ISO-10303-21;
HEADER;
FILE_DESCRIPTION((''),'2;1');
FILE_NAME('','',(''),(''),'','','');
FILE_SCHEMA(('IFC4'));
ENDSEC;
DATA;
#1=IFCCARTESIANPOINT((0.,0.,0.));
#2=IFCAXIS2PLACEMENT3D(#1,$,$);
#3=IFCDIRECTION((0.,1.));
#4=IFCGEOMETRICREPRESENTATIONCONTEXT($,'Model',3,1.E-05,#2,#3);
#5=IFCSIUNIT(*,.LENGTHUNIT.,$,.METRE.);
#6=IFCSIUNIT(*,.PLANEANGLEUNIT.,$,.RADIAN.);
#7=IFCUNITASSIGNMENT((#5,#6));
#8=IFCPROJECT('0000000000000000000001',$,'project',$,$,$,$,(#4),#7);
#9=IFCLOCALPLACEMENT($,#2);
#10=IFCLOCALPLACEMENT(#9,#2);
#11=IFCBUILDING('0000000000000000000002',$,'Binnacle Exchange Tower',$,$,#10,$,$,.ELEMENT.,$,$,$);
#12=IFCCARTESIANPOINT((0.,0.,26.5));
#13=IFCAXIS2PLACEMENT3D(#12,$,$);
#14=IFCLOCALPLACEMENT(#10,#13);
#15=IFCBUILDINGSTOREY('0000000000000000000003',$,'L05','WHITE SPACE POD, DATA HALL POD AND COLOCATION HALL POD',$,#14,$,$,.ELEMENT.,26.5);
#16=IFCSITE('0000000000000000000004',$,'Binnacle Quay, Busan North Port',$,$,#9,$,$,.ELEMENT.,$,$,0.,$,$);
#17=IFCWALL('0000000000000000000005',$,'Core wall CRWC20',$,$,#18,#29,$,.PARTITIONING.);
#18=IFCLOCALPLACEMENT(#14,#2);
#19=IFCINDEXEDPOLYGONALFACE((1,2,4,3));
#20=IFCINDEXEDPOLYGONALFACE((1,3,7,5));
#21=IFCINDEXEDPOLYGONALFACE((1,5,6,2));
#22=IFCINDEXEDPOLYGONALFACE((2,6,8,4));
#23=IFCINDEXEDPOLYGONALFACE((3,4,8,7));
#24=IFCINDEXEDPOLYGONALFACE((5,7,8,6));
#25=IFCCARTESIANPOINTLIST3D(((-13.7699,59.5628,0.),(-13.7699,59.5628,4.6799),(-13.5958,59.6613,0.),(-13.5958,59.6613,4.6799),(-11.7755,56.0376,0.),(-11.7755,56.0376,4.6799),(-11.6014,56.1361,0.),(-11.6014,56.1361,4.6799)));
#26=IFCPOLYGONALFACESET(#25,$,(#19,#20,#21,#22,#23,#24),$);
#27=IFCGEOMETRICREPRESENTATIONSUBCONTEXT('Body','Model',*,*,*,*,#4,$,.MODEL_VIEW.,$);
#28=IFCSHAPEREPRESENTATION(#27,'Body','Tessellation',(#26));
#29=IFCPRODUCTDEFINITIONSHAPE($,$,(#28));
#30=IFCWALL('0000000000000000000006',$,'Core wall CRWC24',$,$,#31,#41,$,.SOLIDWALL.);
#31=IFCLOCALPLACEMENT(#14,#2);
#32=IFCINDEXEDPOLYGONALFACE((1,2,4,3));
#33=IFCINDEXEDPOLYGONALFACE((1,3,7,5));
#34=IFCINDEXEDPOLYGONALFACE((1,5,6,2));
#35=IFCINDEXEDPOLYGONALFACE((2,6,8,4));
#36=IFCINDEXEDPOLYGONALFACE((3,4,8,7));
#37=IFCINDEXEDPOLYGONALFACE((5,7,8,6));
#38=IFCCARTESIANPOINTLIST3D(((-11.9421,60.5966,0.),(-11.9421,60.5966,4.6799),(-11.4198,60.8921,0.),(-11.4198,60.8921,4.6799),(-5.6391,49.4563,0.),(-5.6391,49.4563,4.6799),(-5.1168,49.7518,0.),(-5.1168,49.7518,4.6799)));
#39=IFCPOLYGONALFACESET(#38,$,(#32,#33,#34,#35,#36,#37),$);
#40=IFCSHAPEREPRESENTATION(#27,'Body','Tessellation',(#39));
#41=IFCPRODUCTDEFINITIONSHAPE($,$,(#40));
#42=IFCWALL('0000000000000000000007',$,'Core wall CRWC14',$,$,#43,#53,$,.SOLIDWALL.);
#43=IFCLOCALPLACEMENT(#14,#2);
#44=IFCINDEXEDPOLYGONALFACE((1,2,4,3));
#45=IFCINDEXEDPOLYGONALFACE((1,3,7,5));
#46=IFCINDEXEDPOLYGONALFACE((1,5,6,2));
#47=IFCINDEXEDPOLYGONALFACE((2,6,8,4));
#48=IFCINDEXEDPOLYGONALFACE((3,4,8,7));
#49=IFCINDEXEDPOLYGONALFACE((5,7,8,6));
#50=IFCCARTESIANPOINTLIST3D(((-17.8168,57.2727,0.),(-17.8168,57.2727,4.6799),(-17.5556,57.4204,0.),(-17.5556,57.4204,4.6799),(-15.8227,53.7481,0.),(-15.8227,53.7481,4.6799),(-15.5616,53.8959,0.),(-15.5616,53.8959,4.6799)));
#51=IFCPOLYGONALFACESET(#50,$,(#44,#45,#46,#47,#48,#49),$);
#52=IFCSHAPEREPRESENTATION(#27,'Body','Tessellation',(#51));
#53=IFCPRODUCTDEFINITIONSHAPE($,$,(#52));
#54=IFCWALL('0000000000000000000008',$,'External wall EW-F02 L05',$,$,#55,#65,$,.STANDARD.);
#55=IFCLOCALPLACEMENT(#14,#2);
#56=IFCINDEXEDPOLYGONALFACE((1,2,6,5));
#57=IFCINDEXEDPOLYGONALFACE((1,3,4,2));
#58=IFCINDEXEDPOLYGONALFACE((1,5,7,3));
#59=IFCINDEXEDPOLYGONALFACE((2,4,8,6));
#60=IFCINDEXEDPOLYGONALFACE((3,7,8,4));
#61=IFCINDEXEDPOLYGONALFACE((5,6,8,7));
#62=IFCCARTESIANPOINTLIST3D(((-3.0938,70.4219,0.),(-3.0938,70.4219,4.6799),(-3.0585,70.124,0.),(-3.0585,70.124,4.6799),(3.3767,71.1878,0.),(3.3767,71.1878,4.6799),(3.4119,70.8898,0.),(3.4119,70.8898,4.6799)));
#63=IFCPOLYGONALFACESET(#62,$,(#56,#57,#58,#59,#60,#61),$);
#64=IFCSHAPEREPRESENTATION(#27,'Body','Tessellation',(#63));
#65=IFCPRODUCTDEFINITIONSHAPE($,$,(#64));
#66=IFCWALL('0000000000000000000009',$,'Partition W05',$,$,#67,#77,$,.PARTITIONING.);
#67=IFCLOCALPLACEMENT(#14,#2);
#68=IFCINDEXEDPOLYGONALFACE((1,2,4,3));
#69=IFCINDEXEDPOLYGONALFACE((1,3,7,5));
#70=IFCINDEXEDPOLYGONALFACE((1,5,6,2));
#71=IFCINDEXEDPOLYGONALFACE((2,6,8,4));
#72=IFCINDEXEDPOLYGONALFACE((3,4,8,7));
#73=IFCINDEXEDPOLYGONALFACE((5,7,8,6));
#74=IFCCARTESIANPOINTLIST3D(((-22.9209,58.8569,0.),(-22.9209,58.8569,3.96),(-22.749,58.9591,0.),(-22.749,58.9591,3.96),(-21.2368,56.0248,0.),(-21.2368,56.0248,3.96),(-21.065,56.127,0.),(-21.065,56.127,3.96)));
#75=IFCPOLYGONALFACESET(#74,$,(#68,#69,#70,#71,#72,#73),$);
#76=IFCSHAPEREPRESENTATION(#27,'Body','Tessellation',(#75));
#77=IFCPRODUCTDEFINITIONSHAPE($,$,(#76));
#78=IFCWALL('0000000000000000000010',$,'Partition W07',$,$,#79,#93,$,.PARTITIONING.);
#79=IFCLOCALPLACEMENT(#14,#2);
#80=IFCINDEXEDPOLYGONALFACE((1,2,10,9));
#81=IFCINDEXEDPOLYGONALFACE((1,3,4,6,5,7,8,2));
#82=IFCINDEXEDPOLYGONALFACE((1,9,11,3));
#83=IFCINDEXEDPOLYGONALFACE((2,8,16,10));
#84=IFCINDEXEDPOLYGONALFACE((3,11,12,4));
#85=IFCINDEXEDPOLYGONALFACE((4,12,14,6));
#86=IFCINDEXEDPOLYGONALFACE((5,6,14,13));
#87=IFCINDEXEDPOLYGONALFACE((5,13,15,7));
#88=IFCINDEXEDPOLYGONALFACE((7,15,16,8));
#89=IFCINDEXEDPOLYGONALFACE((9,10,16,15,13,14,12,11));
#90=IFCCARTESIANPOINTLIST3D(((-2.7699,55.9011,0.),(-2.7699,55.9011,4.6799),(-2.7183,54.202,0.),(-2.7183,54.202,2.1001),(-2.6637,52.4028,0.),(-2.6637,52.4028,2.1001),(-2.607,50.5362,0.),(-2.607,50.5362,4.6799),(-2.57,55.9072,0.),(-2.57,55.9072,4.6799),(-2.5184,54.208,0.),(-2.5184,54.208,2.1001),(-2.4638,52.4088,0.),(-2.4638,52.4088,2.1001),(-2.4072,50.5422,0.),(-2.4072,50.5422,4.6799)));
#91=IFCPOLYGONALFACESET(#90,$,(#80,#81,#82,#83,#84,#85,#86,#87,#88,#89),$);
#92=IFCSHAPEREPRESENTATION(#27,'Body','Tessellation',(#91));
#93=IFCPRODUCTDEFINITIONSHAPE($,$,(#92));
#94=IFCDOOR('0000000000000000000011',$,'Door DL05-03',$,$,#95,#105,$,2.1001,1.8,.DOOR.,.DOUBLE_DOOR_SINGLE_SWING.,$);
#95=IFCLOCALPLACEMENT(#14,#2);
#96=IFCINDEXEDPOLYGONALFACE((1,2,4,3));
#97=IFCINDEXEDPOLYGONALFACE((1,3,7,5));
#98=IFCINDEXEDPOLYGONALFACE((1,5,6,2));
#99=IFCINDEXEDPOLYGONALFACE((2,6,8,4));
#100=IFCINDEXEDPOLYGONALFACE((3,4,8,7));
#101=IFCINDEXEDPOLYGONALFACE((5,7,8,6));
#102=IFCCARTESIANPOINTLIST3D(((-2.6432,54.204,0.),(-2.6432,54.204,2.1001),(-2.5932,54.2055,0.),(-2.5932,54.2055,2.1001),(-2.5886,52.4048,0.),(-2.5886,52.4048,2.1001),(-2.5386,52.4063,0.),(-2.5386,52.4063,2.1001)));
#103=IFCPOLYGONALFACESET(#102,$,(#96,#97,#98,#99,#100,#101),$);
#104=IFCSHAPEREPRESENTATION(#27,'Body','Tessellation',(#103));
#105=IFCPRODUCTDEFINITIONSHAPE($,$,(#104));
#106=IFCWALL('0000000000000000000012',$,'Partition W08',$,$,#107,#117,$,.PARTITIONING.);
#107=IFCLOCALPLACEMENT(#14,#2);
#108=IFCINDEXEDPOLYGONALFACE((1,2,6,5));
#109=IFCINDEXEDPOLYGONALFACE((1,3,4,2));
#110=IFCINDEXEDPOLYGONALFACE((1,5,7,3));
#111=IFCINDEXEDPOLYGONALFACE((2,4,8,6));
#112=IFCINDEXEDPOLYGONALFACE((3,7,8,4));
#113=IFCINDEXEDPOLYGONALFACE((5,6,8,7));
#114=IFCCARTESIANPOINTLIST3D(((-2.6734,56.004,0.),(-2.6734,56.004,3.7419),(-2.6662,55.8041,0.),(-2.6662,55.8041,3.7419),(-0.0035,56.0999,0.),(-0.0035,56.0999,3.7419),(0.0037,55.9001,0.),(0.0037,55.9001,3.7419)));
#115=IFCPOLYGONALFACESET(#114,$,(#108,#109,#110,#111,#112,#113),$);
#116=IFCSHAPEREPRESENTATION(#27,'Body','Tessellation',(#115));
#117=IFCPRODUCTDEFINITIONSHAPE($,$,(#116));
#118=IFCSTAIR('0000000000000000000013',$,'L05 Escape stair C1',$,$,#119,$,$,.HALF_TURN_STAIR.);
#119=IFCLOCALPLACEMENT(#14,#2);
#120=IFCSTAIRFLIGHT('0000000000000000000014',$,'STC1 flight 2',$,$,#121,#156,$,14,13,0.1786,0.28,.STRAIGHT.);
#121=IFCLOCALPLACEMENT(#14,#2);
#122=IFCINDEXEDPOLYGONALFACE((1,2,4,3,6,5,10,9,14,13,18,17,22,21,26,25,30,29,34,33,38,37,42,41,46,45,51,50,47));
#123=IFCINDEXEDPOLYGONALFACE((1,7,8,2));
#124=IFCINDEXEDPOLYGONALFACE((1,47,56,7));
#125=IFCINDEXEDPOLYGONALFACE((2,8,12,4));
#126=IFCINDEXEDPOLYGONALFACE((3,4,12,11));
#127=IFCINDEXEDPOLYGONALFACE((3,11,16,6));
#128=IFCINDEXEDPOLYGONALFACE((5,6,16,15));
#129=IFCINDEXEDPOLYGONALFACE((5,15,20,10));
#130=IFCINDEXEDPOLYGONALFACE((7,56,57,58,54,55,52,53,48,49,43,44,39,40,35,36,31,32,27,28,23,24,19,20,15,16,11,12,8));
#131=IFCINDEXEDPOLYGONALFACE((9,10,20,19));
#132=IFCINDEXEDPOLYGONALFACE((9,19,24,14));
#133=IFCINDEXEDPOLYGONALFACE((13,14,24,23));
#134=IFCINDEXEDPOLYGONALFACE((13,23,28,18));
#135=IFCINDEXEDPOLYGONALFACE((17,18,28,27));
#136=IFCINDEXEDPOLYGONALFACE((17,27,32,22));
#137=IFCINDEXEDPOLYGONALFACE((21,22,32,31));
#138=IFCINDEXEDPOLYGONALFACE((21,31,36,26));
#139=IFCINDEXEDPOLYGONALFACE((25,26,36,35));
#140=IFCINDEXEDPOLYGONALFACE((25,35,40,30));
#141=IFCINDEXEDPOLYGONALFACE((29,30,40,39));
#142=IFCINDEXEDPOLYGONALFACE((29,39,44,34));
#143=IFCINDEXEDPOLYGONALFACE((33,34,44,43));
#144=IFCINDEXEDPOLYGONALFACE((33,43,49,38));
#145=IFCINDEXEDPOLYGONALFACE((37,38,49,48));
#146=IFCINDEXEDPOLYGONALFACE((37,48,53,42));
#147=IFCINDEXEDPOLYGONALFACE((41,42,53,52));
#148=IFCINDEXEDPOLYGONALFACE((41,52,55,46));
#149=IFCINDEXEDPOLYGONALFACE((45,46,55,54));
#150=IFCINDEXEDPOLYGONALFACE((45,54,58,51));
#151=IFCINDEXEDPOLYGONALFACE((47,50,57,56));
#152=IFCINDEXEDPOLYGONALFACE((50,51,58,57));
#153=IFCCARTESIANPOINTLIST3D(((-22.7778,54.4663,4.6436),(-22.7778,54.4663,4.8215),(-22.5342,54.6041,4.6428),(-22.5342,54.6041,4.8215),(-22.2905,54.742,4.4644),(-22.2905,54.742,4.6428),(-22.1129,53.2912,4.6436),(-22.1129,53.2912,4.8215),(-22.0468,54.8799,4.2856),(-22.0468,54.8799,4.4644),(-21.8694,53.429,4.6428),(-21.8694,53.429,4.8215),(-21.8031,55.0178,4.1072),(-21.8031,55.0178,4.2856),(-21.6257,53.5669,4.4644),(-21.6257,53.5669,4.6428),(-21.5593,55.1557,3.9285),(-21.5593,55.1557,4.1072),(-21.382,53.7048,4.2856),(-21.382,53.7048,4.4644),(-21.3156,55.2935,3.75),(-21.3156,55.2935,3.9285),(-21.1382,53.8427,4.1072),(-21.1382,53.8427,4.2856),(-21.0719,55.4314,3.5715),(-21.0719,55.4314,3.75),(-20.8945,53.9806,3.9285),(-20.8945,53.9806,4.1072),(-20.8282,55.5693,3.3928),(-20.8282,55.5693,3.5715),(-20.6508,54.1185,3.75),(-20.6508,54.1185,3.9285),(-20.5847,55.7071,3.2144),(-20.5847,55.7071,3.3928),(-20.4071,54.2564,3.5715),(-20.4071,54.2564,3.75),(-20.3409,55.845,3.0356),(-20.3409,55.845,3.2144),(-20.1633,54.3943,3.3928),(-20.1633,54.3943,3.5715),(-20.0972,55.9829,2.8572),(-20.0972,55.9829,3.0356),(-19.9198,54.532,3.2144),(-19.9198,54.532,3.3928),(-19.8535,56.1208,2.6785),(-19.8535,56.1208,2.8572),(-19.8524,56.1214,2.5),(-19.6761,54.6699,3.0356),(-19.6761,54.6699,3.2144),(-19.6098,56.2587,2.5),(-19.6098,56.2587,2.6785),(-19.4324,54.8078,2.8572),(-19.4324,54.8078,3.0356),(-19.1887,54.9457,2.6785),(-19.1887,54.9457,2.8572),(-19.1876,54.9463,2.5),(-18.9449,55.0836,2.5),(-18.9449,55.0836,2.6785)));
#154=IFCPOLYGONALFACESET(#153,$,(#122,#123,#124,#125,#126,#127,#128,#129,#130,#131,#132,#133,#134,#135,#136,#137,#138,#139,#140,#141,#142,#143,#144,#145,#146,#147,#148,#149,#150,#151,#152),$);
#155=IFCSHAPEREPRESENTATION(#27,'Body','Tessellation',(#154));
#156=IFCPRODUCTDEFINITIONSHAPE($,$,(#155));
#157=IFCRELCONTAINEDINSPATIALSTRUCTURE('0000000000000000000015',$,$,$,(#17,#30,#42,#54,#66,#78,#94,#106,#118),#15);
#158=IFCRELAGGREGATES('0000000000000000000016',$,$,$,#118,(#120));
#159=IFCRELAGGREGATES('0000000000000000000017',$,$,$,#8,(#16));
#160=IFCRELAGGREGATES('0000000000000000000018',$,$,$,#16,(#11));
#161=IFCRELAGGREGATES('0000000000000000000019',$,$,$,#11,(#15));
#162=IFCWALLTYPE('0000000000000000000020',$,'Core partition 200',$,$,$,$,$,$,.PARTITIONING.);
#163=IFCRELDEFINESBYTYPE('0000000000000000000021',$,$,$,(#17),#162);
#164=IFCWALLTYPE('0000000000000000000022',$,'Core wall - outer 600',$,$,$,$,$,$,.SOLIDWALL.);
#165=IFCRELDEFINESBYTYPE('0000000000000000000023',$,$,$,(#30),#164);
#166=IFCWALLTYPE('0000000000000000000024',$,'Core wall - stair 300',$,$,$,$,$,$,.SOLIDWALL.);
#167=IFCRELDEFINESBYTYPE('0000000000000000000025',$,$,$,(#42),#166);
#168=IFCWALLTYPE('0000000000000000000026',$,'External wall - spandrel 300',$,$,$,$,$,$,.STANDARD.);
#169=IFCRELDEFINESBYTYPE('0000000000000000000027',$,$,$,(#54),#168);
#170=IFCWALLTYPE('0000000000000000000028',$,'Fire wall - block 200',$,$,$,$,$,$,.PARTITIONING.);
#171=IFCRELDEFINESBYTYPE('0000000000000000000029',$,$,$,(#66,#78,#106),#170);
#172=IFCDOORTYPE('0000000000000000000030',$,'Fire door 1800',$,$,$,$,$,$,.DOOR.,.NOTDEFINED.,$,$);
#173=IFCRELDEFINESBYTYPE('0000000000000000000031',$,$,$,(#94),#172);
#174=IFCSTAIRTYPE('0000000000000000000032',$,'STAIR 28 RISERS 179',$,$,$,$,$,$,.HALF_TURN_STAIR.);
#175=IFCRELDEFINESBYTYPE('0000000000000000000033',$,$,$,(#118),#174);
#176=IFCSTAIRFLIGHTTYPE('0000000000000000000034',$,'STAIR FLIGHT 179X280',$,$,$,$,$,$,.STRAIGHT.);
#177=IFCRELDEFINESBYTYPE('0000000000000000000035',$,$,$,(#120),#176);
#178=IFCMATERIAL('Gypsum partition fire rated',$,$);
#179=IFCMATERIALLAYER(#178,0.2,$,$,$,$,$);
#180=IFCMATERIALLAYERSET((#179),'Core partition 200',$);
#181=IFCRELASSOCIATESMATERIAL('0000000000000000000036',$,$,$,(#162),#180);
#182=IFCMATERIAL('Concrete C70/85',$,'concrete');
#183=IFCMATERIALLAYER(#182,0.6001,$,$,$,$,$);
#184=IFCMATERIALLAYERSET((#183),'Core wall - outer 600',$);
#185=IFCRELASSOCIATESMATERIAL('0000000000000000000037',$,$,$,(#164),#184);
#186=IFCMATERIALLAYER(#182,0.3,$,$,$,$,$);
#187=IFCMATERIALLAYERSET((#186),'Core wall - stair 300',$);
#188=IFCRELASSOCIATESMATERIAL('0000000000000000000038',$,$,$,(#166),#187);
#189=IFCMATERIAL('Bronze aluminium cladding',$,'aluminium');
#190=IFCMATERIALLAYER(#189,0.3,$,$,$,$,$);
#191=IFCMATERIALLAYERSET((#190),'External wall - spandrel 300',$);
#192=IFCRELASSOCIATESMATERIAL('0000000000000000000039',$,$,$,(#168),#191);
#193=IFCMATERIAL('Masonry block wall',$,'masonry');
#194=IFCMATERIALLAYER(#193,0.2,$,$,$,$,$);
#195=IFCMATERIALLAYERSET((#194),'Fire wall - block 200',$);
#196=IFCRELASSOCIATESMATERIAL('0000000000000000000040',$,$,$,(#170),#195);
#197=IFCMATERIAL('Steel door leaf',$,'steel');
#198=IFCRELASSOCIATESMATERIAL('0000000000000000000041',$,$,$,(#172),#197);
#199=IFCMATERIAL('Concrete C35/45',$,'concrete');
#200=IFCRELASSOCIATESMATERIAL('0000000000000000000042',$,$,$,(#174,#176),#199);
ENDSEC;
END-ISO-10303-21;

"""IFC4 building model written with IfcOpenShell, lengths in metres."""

from ifc_helpers import new_model, si_unit, direction, frame, frame_2d, origin, place, context, subcontext, project, spatial, polyline, rectangle, outline, extrude, material, layer, layer_set, type_object, element, fill, aggregate, save


model = new_model("IFC4")

# Units and contexts
model_context = context("Model", 3, precision=1e-05, world=origin(), true_north=direction((0.0, 1.0)))
body_context = subcontext(model_context, "Body", "Model", "MODEL_VIEW")
ifc_project = project(units=[si_unit("LENGTHUNIT", "METRE"), si_unit("PLANEANGLEUNIT", "RADIAN")], contexts=[model_context])

# Site, building, storey
site_placement = place(None, origin())
site = spatial("IfcSite", under=ifc_project, at=site_placement, Name="Binnacle Quay, Busan North Port", CompositionType="ELEMENT", RefElevation=0.0)
building_placement = place(site_placement, origin())
building = spatial("IfcBuilding", under=site, at=building_placement, Name="Binnacle Exchange Tower", CompositionType="ELEMENT")
storey_placement = place(building_placement, frame((0.0, 0.0, 26.5)))
storey = spatial("IfcBuildingStorey", under=building, at=storey_placement, Name="L05", Description="WHITE SPACE POD, DATA HALL POD AND COLOCATION HALL POD", CompositionType="ELEMENT", Elevation=26.5)

# Shared definitions
ifc_material_1 = material(Name="Concrete C70/85", Category="concrete")

# Walls
ifc_material_2 = material(Name="Gypsum partition fire rated")
ifc_layer_1 = layer(ifc_material_2, 0.2)
ifc_layer_set_1 = layer_set([ifc_layer_1], Name="Core partition 200")
wall_type_1 = type_object("IfcWallType", Name="Core partition 200", PredefinedType="PARTITIONING", material=ifc_layer_set_1)
wall_1_placement = place(storey_placement, frame((-13.6829, 59.6121, 0.0), z_axis=(0.0, 0.0, 1.0), x_axis=(0.492415, -0.870361, 0.0)))
element("IfcWall", 1, at=wall_1_placement, inside=storey, type_object=wall_type_1, Name="Core wall CRWC20", PredefinedType="PARTITIONING", context=body_context, shape_type="SweptSolid", body=[
    extrude(rectangle(XDim=4.0503, YDim=0.2, at=frame_2d((2.0251, 0.0))), origin(), (0.0, 0.0, 1.0), 4.6799),
])
ifc_layer_2 = layer(ifc_material_1, 0.6001)
ifc_layer_set_2 = layer_set([ifc_layer_2], Name="Core wall - outer 600")
wall_type_2 = type_object("IfcWallType", Name="Core wall - outer 600", PredefinedType="SOLIDWALL", material=ifc_layer_set_2)
wall_2_placement = place(storey_placement, frame((-11.6809, 60.7444, 0.0), z_axis=(0.0, 0.0, 1.0), x_axis=(0.492427, -0.870354, 0.0)))
element("IfcWall", 2, at=wall_2_placement, inside=storey, type_object=wall_type_2, Name="Core wall CRWC24", PredefinedType="SOLIDWALL", context=body_context, shape_type="SweptSolid", body=[
    extrude(rectangle(XDim=12.7998, YDim=0.6001, at=frame_2d((6.3999, 0.0))), origin(), (0.0, 0.0, 1.0), 4.6799),
])
ifc_layer_3 = layer(ifc_material_1, 0.3)
ifc_layer_set_3 = layer_set([ifc_layer_3], Name="Core wall - stair 300")
wall_type_3 = type_object("IfcWallType", Name="Core wall - stair 300", PredefinedType="SOLIDWALL", material=ifc_layer_set_3)
wall_3_placement = place(storey_placement, frame((-17.6863, 57.3467, 0.0), z_axis=(0.0, 0.0, 1.0), x_axis=(0.492421, -0.870357, 0.0)))
element("IfcWall", 3, at=wall_3_placement, inside=storey, type_object=wall_type_3, Name="Core wall CRWC14", PredefinedType="SOLIDWALL", context=body_context, shape_type="SweptSolid", body=[
    extrude(rectangle(XDim=4.0496, YDim=0.3, at=frame_2d((2.0249, 0.0))), origin(), (0.0, 0.0, 1.0), 4.6799),
])
ifc_material_3 = material(Name="Bronze aluminium cladding", Category="aluminium")
ifc_layer_4 = layer(ifc_material_3, 0.3)
ifc_layer_set_4 = layer_set([ifc_layer_4], Name="External wall - spandrel 300")
wall_type_4 = type_object("IfcWallType", Name="External wall - spandrel 300", PredefinedType="STANDARD", material=ifc_layer_set_4)
wall_4_placement = place(storey_placement, frame((-3.0762, 70.2729, 0.0), z_axis=(0.0, 0.0, 1.0), x_axis=(0.993068, 0.117543, 0.0)))
element("IfcWall", 4, at=wall_4_placement, inside=storey, type_object=wall_type_4, Name="External wall EW-F02 L05", PredefinedType="STANDARD", context=body_context, shape_type="SweptSolid", body=[
    extrude(rectangle(XDim=6.5156, YDim=0.3, at=frame_2d((3.2578, 0.0))), origin(), (0.0, 0.0, 1.0), 4.6799),
])
ifc_material_4 = material(Name="Masonry block wall", Category="masonry")
ifc_layer_5 = layer(ifc_material_4, 0.2)
ifc_layer_set_5 = layer_set([ifc_layer_5], Name="Fire wall - block 200")
wall_type_5 = type_object("IfcWallType", Name="Fire wall - block 200", PredefinedType="PARTITIONING", material=ifc_layer_set_5)
wall_5_placement = place(storey_placement, frame((-22.835, 58.908, 0.0), z_axis=(0.0, 0.0, 1.0), x_axis=(0.511114, -0.859513, 0.0)))
element("IfcWall", 5, at=wall_5_placement, inside=storey, type_object=wall_type_5, Name="Partition W05", PredefinedType="PARTITIONING", context=body_context, shape_type="SweptSolid", body=[
    extrude(rectangle(XDim=3.2949, YDim=0.2, at=frame_2d((1.6475, 0.0))), origin(), (0.0, 0.0, 1.0), 3.96),
])

# Wall, opening, door
wall_6_placement = place(storey_placement, frame((-2.6699, 55.9041, 0.0), z_axis=(0.0, 0.0, 1.0), x_axis=(0.030339, -0.99954, 0.0)))
wall_6 = element("IfcWall", 6, at=wall_6_placement, inside=storey, type_object=wall_type_5, Name="Partition W07", PredefinedType="PARTITIONING", context=body_context, shape_type="SweptSolid", body=[
    extrude(rectangle(XDim=5.3674, YDim=0.2, at=frame_2d((2.6836, 0.0))), origin(), (0.0, 0.0, 1.0), 4.6799),
])
opening_placement = place(wall_6_placement, frame((1.7, 0.0, 0.0)))
opening = element("IfcOpeningElement", 7, at=opening_placement, cuts=wall_6, PredefinedType="OPENING", context=body_context, shape_type="SweptSolid", body=[
    extrude(rectangle(XDim=1.8, YDim=2.1001, at=frame_2d((0.8999, 1.05))), frame((0.0, 0.1099, 0.0), z_axis=(0.0, -1.0, 0.0), x_axis=(1.0, 0.0, 0.0)), (0.0, 0.0, 1.0), 0.22),
])
ifc_material_5 = material(Name="Steel door leaf", Category="steel")
door_type = type_object("IfcDoorType", Name="Fire door 1800", OperationType="NOTDEFINED", PredefinedType="DOOR", material=ifc_material_5)
door_placement = place(opening_placement, frame((1.8, 0.0, 0.0), z_axis=(0.0, 0.0, 1.0), x_axis=(-1.0, 0.0, 0.0)))
door = element("IfcDoor", 8, at=door_placement, inside=storey, type_object=door_type, Name="Door DL05-03", OperationType="DOUBLE_DOOR_SINGLE_SWING", OverallHeight=2.1001, OverallWidth=1.8, PredefinedType="DOOR", context=body_context, shape_type="SweptSolid", body=[
    extrude(rectangle(XDim=1.8, YDim=2.1001, at=frame_2d((0.8999, 1.05))), frame((0.0, 0.0249, 0.0), z_axis=(0.0, -1.0, 0.0), x_axis=(1.0, 0.0, 0.0)), (0.0, 0.0, 1.0), 0.05),
])
fill(opening, door)

# Wall
wall_7_placement = place(storey_placement, frame((-2.6699, 55.9041, 0.0), z_axis=(0.0, 0.0, 1.0), x_axis=(0.999355, 0.035913, 0.0)))
element("IfcWall", 9, at=wall_7_placement, inside=storey, type_object=wall_type_5, Name="Partition W08", PredefinedType="PARTITIONING", context=body_context, shape_type="SweptSolid", body=[
    extrude(rectangle(XDim=2.6716, YDim=0.2, at=frame_2d((1.3359, 0.0))), origin(), (0.0, 0.0, 1.0), 3.7419),
])

# Stair, stair flight
ifc_material_6 = material(Name="Concrete C35/45", Category="concrete")
stair_type = type_object("IfcStairType", Name="STAIR 28 RISERS 179", PredefinedType="HALF_TURN_STAIR", material=ifc_material_6)
stair_placement = place(storey_placement, origin())
stair = element("IfcStair", 10, at=stair_placement, inside=storey, type_object=stair_type, Name="L05 Escape stair C1", PredefinedType="HALF_TURN_STAIR")
stair_flight_type = type_object("IfcStairFlightType", Name="STAIR FLIGHT 179X280", PredefinedType="STRAIGHT", material=ifc_material_6)
stair_flight_placement = place(storey_placement, frame((-19.2773, 55.6711, 2.5), z_axis=(0.0, 0.0, 1.0), x_axis=(-0.870356, -0.492424, 0.0)))
stair_flight = element("IfcStairFlight", 11, at=stair_flight_placement, type_object=stair_flight_type, Name="STC1 flight 2", NumberOfRisers=14, NumberOfTreads=13, PredefinedType="STRAIGHT", RiserHeight=0.1786, TreadLength=0.28, context=body_context, shape_type="SweptSolid", body=[
    extrude(outline(polyline([(0.0, 0.0), (0.0, 0.1785), (0.28, 0.1785), (0.28, 0.3572), (0.5601, 0.3572), (0.5601, 0.5356), (0.8401, 0.5356), (0.8401, 0.7144), (1.1201, 0.7144), (1.1201, 0.8928), (1.3999, 0.8928), (1.3999, 1.0715), (1.6799, 1.0715), (1.6799, 1.25), (1.96, 1.25), (1.96, 1.4285), (2.24, 1.4285), (2.24, 1.6072), (2.52, 1.6072), (2.52, 1.7856), (2.8, 1.7856), (2.8, 1.9644), (3.0801, 1.9644), (3.0801, 2.1428), (3.3601, 2.1428), (3.3601, 2.3215), (3.6399, 2.3215), (3.6399, 2.5), (3.6399, 2.1436), (0.2788, 0.0), (0.0, 0.0)])), frame((0.0, 0.675, 0.0), z_axis=(0.0, -1.0, 0.0), x_axis=(1.0, 0.0, 0.0)), (0.0, 0.0, 1.0), 1.3501),
])
aggregate(stair, [stair_flight])

save(model, "model.ifc")
